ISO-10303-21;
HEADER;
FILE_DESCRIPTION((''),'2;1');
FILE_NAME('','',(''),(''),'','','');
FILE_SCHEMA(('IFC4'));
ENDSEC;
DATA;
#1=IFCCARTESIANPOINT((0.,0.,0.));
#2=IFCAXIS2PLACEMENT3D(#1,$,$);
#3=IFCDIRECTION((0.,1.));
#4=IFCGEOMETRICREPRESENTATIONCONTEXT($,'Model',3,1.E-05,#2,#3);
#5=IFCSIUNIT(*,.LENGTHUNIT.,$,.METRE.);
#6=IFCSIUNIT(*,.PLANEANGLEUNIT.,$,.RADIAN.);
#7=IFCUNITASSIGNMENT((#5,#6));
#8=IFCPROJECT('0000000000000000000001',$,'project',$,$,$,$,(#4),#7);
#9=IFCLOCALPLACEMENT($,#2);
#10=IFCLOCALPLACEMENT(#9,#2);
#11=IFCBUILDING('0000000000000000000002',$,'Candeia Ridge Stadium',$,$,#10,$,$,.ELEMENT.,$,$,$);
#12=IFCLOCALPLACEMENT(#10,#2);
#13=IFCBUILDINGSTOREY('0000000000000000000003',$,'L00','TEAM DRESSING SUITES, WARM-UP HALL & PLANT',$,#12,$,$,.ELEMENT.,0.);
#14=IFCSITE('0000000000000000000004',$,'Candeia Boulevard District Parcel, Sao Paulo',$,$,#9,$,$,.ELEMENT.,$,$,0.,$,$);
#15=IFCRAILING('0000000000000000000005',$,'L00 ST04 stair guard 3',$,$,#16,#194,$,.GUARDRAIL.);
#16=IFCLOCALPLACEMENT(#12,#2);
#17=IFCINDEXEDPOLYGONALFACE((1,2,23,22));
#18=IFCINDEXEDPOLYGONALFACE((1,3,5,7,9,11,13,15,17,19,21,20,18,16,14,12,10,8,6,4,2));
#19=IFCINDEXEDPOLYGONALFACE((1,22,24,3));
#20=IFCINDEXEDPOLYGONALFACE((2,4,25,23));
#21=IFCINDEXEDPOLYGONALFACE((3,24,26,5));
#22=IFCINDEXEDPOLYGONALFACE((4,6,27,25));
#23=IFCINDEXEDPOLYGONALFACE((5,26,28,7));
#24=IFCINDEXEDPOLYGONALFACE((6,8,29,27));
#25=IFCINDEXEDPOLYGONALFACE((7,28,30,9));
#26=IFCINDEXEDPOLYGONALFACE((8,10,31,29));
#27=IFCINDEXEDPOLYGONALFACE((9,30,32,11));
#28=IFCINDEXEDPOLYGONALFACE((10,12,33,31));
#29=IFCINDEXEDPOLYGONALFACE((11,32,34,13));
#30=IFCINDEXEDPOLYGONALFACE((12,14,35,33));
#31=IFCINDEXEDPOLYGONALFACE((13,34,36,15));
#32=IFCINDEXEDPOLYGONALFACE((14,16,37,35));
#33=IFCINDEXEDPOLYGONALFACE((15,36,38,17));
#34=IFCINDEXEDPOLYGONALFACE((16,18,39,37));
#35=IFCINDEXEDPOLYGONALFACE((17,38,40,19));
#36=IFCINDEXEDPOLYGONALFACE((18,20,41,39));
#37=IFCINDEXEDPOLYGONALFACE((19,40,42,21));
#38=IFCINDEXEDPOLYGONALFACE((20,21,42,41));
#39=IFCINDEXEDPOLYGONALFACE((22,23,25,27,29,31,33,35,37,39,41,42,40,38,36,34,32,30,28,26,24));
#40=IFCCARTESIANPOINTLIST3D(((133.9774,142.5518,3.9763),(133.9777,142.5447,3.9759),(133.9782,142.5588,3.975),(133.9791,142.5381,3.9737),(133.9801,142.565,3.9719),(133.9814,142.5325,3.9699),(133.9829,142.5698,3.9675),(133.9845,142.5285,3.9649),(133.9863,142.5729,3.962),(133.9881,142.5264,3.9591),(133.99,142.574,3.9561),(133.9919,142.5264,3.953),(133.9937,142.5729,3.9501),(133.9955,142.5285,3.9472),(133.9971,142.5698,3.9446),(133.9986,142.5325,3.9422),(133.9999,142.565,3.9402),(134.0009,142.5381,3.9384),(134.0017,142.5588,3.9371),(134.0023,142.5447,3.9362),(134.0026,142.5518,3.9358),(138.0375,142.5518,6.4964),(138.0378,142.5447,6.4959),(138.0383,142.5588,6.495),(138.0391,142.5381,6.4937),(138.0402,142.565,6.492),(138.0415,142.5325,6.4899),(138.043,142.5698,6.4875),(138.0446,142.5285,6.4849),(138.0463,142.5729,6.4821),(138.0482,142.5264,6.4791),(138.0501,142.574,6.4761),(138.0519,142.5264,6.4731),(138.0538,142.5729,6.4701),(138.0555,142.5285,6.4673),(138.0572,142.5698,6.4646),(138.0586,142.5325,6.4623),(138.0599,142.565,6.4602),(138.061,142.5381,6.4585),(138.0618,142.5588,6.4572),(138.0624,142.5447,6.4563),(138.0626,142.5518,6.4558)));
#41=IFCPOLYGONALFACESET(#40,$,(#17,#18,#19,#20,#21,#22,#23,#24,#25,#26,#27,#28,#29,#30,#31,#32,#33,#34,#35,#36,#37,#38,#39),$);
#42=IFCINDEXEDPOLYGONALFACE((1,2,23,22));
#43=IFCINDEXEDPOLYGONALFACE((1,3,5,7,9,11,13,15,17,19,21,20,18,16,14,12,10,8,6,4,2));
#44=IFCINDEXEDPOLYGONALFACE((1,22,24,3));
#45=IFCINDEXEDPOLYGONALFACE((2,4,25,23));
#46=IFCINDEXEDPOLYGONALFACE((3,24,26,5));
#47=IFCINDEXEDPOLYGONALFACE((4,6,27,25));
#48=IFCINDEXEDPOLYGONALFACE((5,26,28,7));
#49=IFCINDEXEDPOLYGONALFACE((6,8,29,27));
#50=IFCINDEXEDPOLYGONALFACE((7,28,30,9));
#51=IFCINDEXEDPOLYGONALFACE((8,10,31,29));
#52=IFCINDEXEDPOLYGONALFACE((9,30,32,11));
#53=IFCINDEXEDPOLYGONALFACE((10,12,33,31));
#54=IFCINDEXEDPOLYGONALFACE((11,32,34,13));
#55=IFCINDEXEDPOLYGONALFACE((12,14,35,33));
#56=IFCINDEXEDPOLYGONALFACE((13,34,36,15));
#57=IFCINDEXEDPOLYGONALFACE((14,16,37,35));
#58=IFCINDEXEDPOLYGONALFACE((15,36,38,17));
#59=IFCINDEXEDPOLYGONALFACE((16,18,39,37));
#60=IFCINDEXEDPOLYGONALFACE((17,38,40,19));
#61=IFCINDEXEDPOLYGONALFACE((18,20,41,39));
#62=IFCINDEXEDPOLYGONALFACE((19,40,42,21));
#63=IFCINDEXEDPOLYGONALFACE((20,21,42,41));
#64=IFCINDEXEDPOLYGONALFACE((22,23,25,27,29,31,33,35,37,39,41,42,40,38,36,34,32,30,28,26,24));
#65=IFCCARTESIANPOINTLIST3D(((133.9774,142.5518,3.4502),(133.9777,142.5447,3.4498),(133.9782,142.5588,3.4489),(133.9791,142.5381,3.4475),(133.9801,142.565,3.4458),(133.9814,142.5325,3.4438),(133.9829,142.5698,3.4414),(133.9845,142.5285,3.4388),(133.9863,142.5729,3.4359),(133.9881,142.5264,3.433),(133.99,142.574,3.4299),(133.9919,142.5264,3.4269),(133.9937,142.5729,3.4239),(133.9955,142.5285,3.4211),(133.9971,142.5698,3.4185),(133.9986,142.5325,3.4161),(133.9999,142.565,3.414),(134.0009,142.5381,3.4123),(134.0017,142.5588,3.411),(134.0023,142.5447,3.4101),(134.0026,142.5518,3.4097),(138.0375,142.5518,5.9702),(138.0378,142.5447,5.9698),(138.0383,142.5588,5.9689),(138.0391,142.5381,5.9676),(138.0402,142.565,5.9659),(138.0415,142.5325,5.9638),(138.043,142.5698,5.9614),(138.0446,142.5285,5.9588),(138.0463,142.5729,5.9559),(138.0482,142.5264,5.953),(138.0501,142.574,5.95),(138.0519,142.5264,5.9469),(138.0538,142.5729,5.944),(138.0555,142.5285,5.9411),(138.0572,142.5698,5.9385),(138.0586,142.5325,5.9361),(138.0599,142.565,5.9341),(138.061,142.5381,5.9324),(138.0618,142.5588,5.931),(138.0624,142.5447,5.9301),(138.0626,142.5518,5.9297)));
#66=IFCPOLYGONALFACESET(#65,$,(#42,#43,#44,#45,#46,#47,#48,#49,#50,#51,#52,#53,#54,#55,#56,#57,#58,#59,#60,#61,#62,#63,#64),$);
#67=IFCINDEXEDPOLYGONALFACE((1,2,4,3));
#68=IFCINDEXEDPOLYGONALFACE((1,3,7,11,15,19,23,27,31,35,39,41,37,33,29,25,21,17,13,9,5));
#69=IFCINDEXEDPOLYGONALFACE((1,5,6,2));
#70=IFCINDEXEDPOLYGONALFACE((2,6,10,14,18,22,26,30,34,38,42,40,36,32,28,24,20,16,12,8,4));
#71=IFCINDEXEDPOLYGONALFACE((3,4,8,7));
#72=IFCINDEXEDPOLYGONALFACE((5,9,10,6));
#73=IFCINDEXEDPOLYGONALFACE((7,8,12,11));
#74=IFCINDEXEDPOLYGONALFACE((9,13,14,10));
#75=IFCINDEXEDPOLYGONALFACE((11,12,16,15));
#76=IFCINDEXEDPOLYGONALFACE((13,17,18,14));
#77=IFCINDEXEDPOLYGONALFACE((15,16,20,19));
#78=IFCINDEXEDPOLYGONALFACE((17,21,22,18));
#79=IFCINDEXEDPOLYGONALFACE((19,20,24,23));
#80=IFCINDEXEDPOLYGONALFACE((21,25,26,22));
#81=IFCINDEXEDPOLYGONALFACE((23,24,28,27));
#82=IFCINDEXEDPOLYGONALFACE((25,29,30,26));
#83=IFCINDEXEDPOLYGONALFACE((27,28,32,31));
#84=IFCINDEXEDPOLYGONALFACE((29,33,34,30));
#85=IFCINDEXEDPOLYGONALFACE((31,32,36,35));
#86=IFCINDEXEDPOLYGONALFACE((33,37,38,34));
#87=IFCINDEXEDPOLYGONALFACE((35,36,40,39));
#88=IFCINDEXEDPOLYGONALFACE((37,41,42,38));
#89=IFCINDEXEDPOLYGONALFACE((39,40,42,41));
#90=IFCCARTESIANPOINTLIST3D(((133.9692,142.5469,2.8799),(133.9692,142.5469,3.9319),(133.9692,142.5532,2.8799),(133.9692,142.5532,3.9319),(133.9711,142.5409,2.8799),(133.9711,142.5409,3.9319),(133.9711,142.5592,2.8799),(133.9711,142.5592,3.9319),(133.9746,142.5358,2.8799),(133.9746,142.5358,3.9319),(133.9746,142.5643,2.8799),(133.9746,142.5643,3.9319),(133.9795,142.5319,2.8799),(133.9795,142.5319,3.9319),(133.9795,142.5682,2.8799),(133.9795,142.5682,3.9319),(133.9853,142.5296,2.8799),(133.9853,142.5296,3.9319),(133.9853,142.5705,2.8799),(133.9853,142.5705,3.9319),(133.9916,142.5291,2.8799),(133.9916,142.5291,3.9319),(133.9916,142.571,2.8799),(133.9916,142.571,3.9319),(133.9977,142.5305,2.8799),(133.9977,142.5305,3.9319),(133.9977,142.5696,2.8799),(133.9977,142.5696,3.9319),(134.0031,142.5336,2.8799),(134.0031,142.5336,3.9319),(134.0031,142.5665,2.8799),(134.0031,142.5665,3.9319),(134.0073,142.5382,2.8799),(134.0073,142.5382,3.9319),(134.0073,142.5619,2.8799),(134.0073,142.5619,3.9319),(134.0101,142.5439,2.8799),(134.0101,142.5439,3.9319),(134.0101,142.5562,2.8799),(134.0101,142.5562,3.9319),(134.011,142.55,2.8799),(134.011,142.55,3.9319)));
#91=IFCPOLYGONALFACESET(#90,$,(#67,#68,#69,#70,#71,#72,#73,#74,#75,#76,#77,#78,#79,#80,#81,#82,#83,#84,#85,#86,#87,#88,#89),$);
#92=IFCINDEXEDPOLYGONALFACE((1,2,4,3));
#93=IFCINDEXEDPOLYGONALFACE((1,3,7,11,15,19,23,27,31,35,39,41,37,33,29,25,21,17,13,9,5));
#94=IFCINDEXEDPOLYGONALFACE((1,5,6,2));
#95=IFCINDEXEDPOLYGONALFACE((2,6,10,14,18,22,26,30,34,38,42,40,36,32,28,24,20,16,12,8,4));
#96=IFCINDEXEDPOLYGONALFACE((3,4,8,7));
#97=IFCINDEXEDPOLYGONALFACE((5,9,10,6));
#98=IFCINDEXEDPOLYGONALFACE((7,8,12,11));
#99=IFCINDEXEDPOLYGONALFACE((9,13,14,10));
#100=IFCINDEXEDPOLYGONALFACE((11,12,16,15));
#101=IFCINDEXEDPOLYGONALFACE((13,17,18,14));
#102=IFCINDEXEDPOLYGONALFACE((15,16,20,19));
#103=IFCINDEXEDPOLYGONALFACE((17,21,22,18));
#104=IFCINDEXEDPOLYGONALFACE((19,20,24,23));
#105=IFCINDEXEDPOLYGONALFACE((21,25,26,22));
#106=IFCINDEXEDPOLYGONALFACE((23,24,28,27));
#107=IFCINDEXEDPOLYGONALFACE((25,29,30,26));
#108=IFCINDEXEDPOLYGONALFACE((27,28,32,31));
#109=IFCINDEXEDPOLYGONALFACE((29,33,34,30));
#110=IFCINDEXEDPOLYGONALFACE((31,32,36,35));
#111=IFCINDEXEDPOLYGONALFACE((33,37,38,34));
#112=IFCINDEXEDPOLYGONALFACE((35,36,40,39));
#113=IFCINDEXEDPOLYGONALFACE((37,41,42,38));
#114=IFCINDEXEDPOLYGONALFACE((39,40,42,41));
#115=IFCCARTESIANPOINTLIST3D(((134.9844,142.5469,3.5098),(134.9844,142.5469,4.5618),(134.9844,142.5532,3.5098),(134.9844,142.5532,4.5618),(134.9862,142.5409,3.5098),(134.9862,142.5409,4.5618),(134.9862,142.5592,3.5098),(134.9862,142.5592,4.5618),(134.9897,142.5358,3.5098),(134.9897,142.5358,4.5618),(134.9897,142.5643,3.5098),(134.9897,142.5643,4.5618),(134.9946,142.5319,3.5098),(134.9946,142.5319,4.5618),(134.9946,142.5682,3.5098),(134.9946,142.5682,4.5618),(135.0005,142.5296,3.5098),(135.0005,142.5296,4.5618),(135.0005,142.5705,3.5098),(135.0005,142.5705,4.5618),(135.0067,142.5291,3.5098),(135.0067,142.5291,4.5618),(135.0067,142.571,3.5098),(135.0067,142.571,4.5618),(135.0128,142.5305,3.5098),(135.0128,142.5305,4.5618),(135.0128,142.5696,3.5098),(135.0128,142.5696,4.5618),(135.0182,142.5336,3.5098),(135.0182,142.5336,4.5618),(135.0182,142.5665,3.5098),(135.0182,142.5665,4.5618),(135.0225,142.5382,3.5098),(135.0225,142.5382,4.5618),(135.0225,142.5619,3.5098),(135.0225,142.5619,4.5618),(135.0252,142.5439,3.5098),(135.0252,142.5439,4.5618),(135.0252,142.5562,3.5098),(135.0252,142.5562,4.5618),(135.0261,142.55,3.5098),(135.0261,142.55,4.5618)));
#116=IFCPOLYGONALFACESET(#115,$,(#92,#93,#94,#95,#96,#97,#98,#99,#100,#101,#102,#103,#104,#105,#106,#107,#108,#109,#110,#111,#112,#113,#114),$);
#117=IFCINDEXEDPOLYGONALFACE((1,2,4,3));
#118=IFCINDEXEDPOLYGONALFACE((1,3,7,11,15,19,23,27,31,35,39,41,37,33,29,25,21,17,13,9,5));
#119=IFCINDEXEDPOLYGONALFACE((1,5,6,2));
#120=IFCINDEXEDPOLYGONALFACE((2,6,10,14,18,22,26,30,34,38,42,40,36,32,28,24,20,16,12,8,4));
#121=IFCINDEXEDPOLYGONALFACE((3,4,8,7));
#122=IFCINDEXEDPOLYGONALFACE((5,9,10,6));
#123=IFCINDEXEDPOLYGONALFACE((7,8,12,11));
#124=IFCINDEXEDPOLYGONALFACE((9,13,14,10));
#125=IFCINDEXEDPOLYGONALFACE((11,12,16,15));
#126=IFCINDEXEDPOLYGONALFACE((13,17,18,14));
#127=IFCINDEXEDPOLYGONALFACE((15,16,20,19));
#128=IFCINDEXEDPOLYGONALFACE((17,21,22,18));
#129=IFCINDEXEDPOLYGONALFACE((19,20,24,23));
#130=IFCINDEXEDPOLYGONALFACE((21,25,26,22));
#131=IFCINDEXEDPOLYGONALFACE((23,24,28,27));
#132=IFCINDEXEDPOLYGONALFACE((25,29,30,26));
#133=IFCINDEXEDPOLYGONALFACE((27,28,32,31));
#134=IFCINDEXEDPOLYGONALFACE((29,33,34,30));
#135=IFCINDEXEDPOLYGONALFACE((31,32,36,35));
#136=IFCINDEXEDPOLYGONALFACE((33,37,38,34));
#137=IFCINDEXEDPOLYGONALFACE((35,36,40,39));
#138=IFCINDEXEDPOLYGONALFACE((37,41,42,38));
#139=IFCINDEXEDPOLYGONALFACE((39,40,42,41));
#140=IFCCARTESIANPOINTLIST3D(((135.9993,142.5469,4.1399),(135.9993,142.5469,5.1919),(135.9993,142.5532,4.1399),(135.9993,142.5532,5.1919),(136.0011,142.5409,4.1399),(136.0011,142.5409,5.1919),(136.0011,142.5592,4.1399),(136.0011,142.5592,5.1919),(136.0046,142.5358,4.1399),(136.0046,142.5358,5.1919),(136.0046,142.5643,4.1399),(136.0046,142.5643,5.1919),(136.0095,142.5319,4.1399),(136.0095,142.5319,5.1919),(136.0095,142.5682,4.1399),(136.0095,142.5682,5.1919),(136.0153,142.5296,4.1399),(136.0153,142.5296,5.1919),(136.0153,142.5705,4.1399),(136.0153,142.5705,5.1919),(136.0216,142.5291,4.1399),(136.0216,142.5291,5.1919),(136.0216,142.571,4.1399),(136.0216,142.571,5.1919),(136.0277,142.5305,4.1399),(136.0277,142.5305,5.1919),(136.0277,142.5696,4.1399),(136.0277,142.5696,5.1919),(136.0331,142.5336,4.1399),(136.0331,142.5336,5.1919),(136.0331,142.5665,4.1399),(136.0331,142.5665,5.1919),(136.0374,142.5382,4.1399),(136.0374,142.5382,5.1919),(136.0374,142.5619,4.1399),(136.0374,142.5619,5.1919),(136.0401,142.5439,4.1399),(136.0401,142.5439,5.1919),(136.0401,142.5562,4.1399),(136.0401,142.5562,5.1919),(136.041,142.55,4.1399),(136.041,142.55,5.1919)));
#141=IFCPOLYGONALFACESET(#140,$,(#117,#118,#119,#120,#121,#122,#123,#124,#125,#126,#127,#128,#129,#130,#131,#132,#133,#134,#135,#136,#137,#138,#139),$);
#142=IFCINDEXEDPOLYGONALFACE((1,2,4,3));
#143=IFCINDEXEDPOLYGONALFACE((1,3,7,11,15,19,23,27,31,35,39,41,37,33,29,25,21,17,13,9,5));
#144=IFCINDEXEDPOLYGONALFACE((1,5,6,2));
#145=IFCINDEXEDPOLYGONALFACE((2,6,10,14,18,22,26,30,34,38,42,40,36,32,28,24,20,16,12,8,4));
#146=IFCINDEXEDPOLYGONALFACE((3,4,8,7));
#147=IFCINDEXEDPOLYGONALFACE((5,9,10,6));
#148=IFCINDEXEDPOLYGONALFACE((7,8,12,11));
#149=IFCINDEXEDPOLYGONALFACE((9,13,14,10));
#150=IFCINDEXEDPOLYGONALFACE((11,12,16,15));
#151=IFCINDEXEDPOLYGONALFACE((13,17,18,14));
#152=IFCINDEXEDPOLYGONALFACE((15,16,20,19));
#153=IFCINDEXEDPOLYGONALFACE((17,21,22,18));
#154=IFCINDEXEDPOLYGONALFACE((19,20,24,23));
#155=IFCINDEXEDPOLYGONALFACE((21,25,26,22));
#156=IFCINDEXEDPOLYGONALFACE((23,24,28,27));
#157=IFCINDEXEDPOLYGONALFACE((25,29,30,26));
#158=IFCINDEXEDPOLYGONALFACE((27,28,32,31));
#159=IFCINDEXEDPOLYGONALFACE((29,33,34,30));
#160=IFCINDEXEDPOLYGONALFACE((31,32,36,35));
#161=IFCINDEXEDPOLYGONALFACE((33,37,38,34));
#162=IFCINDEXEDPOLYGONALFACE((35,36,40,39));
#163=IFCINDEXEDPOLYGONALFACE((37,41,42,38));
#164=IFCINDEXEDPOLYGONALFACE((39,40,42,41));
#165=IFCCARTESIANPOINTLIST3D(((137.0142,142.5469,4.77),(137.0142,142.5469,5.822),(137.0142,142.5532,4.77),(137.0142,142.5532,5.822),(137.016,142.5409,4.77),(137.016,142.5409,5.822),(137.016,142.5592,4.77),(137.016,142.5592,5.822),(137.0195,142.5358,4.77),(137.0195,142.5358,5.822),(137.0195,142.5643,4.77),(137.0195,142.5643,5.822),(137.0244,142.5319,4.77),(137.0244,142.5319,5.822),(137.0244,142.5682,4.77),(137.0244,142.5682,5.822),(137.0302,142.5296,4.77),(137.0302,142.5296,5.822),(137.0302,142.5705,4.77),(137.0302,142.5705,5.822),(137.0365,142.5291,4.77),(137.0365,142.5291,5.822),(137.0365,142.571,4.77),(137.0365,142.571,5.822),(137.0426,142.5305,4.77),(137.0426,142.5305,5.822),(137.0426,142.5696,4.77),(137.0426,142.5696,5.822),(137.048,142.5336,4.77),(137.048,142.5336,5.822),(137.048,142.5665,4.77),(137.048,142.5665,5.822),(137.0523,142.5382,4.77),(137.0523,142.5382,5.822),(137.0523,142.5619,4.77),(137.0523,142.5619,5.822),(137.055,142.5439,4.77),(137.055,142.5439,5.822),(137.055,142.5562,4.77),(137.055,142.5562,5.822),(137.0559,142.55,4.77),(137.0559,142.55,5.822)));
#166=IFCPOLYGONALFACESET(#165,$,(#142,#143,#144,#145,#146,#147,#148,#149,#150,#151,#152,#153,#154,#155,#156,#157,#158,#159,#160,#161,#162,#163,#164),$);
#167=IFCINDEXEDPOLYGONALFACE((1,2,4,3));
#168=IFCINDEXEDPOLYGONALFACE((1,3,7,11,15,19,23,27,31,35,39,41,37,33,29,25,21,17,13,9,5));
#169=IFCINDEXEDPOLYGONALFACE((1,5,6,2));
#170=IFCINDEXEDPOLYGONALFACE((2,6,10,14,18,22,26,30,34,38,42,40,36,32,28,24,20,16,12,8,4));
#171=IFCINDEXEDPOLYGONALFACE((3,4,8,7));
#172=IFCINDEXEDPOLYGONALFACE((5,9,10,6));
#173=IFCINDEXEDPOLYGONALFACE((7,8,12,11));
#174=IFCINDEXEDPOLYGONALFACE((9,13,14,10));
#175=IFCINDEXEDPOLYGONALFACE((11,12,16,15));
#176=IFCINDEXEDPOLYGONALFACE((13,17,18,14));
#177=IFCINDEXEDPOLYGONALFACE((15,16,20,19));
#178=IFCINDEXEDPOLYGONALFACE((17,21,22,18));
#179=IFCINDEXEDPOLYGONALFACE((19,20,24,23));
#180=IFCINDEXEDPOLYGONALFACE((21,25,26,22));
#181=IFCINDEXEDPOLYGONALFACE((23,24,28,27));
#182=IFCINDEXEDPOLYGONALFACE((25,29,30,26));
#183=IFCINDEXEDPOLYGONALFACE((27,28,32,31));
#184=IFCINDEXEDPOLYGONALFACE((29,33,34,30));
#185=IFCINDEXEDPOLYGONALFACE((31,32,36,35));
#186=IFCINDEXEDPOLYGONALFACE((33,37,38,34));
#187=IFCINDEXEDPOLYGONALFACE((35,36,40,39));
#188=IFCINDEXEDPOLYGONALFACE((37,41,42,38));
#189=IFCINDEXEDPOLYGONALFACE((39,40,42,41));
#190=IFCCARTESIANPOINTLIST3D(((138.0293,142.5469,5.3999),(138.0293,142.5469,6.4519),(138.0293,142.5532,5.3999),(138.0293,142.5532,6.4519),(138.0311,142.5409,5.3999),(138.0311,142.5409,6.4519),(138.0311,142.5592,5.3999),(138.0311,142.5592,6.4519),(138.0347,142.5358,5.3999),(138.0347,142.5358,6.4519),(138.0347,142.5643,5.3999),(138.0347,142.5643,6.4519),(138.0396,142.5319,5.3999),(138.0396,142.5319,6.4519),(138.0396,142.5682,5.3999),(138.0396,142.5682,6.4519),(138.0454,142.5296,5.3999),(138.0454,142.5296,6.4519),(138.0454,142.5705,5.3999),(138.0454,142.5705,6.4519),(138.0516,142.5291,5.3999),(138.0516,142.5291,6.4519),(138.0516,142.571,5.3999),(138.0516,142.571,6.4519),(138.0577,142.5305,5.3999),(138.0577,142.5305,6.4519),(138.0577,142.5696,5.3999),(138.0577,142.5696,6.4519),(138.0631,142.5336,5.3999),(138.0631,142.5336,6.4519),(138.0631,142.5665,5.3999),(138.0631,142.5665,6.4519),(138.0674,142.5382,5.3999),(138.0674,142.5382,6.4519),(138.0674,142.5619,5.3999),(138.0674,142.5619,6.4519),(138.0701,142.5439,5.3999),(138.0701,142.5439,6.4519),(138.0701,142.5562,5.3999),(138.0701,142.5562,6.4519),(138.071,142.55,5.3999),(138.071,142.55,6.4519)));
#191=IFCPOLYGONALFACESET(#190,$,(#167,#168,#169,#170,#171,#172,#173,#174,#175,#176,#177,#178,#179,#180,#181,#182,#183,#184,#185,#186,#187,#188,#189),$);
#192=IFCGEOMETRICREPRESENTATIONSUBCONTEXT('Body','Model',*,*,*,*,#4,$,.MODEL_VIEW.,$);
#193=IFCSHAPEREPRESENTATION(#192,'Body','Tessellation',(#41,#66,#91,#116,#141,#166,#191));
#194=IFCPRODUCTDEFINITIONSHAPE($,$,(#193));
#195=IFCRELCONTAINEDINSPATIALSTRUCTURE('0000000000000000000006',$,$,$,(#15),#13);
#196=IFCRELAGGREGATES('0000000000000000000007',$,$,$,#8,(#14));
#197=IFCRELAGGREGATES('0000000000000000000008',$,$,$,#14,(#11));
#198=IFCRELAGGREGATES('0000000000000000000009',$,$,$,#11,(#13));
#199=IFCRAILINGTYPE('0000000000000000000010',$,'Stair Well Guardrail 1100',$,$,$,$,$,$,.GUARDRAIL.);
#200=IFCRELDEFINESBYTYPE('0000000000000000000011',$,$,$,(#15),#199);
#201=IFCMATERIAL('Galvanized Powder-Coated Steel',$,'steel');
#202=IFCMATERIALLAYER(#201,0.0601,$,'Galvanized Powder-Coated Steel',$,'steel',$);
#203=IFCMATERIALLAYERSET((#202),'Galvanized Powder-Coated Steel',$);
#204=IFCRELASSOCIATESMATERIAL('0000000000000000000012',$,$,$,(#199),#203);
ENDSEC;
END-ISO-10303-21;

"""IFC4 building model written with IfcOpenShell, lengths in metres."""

from ifc_helpers import new_model, si_unit, direction, frame, origin, origin_2d, place, context, subcontext, project, spatial, circle, extrude, material, layer, layer_set, type_object, element, save


model = new_model("IFC4")

# Units and contexts
model_context = context("Model", 3, precision=1e-05, world=origin(), true_north=direction((0.0, 1.0)))
body_context = subcontext(model_context, "Body", "Model", "MODEL_VIEW")
ifc_project = project(units=[si_unit("LENGTHUNIT", "METRE"), si_unit("PLANEANGLEUNIT", "RADIAN")], contexts=[model_context])

# Site, building, storey
site_placement = place(None, origin())
site = spatial("IfcSite", under=ifc_project, at=site_placement, Name="Candeia Boulevard District Parcel, Sao Paulo", CompositionType="ELEMENT", RefElevation=0.0)
building_placement = place(site_placement, origin())
building = spatial("IfcBuilding", under=site, at=building_placement, Name="Candeia Ridge Stadium", CompositionType="ELEMENT")
storey_placement = place(building_placement, origin())
storey = spatial("IfcBuildingStorey", under=building, at=storey_placement, Name="L00", Description="TEAM DRESSING SUITES, WARM-UP HALL & PLANT", CompositionType="ELEMENT", Elevation=0.0)

# Railing
ifc_material_1 = material(Name="Galvanized Powder-Coated Steel", Category="steel")
ifc_layer_1 = layer(ifc_material_1, 0.0601, Name="Galvanized Powder-Coated Steel", Category="steel")
ifc_layer_set_1 = layer_set([ifc_layer_1], Name="Galvanized Powder-Coated Steel")
railing_type_1 = type_object("IfcRailingType", Name="Stair Well Guardrail 1100", PredefinedType="GUARDRAIL", material=ifc_layer_set_1)
railing_1_placement = place(storey_placement, frame((133.99, 142.55, 2.8799)))
element("IfcRailing", 1, at=railing_1_placement, inside=storey, type_object=railing_type_1, Name="L00 ST04 stair guard 3", PredefinedType="GUARDRAIL", context=body_context, shape_type="SweptSolid", body=[
    extrude(circle(Radius=0.0239, at=origin_2d()), frame((0.0, 0.0, 1.0762), z_axis=(0.849642, 0.0, 0.52736), x_axis=(0.0, 1.0, 0.0)), (0.0, 0.0, 1.0), 4.7786),
    extrude(circle(Radius=0.0239, at=origin_2d()), frame((0.0, 0.0, 0.55), z_axis=(0.849642, 0.0, 0.52736), x_axis=(0.0, 1.0, 0.0)), (0.0, 0.0, 1.0), 4.7786),
    extrude(circle(Radius=0.021, at=origin_2d()), origin(), (0.0, 0.0, 1.0), 1.052),
    extrude(circle(Radius=0.021, at=origin_2d()), frame((1.0151, 0.0, 0.6299)), (0.0, 0.0, 1.0), 1.052),
    extrude(circle(Radius=0.021, at=origin_2d()), frame((2.03, 0.0, 1.26)), (0.0, 0.0, 1.0), 1.052),
    extrude(circle(Radius=0.021, at=origin_2d()), frame((3.0449, 0.0, 1.8901)), (0.0, 0.0, 1.0), 1.052),
    extrude(circle(Radius=0.021, at=origin_2d()), frame((4.0601, 0.0, 2.52)), (0.0, 0.0, 1.0), 1.052),
])

save(model, "model.ifc")
